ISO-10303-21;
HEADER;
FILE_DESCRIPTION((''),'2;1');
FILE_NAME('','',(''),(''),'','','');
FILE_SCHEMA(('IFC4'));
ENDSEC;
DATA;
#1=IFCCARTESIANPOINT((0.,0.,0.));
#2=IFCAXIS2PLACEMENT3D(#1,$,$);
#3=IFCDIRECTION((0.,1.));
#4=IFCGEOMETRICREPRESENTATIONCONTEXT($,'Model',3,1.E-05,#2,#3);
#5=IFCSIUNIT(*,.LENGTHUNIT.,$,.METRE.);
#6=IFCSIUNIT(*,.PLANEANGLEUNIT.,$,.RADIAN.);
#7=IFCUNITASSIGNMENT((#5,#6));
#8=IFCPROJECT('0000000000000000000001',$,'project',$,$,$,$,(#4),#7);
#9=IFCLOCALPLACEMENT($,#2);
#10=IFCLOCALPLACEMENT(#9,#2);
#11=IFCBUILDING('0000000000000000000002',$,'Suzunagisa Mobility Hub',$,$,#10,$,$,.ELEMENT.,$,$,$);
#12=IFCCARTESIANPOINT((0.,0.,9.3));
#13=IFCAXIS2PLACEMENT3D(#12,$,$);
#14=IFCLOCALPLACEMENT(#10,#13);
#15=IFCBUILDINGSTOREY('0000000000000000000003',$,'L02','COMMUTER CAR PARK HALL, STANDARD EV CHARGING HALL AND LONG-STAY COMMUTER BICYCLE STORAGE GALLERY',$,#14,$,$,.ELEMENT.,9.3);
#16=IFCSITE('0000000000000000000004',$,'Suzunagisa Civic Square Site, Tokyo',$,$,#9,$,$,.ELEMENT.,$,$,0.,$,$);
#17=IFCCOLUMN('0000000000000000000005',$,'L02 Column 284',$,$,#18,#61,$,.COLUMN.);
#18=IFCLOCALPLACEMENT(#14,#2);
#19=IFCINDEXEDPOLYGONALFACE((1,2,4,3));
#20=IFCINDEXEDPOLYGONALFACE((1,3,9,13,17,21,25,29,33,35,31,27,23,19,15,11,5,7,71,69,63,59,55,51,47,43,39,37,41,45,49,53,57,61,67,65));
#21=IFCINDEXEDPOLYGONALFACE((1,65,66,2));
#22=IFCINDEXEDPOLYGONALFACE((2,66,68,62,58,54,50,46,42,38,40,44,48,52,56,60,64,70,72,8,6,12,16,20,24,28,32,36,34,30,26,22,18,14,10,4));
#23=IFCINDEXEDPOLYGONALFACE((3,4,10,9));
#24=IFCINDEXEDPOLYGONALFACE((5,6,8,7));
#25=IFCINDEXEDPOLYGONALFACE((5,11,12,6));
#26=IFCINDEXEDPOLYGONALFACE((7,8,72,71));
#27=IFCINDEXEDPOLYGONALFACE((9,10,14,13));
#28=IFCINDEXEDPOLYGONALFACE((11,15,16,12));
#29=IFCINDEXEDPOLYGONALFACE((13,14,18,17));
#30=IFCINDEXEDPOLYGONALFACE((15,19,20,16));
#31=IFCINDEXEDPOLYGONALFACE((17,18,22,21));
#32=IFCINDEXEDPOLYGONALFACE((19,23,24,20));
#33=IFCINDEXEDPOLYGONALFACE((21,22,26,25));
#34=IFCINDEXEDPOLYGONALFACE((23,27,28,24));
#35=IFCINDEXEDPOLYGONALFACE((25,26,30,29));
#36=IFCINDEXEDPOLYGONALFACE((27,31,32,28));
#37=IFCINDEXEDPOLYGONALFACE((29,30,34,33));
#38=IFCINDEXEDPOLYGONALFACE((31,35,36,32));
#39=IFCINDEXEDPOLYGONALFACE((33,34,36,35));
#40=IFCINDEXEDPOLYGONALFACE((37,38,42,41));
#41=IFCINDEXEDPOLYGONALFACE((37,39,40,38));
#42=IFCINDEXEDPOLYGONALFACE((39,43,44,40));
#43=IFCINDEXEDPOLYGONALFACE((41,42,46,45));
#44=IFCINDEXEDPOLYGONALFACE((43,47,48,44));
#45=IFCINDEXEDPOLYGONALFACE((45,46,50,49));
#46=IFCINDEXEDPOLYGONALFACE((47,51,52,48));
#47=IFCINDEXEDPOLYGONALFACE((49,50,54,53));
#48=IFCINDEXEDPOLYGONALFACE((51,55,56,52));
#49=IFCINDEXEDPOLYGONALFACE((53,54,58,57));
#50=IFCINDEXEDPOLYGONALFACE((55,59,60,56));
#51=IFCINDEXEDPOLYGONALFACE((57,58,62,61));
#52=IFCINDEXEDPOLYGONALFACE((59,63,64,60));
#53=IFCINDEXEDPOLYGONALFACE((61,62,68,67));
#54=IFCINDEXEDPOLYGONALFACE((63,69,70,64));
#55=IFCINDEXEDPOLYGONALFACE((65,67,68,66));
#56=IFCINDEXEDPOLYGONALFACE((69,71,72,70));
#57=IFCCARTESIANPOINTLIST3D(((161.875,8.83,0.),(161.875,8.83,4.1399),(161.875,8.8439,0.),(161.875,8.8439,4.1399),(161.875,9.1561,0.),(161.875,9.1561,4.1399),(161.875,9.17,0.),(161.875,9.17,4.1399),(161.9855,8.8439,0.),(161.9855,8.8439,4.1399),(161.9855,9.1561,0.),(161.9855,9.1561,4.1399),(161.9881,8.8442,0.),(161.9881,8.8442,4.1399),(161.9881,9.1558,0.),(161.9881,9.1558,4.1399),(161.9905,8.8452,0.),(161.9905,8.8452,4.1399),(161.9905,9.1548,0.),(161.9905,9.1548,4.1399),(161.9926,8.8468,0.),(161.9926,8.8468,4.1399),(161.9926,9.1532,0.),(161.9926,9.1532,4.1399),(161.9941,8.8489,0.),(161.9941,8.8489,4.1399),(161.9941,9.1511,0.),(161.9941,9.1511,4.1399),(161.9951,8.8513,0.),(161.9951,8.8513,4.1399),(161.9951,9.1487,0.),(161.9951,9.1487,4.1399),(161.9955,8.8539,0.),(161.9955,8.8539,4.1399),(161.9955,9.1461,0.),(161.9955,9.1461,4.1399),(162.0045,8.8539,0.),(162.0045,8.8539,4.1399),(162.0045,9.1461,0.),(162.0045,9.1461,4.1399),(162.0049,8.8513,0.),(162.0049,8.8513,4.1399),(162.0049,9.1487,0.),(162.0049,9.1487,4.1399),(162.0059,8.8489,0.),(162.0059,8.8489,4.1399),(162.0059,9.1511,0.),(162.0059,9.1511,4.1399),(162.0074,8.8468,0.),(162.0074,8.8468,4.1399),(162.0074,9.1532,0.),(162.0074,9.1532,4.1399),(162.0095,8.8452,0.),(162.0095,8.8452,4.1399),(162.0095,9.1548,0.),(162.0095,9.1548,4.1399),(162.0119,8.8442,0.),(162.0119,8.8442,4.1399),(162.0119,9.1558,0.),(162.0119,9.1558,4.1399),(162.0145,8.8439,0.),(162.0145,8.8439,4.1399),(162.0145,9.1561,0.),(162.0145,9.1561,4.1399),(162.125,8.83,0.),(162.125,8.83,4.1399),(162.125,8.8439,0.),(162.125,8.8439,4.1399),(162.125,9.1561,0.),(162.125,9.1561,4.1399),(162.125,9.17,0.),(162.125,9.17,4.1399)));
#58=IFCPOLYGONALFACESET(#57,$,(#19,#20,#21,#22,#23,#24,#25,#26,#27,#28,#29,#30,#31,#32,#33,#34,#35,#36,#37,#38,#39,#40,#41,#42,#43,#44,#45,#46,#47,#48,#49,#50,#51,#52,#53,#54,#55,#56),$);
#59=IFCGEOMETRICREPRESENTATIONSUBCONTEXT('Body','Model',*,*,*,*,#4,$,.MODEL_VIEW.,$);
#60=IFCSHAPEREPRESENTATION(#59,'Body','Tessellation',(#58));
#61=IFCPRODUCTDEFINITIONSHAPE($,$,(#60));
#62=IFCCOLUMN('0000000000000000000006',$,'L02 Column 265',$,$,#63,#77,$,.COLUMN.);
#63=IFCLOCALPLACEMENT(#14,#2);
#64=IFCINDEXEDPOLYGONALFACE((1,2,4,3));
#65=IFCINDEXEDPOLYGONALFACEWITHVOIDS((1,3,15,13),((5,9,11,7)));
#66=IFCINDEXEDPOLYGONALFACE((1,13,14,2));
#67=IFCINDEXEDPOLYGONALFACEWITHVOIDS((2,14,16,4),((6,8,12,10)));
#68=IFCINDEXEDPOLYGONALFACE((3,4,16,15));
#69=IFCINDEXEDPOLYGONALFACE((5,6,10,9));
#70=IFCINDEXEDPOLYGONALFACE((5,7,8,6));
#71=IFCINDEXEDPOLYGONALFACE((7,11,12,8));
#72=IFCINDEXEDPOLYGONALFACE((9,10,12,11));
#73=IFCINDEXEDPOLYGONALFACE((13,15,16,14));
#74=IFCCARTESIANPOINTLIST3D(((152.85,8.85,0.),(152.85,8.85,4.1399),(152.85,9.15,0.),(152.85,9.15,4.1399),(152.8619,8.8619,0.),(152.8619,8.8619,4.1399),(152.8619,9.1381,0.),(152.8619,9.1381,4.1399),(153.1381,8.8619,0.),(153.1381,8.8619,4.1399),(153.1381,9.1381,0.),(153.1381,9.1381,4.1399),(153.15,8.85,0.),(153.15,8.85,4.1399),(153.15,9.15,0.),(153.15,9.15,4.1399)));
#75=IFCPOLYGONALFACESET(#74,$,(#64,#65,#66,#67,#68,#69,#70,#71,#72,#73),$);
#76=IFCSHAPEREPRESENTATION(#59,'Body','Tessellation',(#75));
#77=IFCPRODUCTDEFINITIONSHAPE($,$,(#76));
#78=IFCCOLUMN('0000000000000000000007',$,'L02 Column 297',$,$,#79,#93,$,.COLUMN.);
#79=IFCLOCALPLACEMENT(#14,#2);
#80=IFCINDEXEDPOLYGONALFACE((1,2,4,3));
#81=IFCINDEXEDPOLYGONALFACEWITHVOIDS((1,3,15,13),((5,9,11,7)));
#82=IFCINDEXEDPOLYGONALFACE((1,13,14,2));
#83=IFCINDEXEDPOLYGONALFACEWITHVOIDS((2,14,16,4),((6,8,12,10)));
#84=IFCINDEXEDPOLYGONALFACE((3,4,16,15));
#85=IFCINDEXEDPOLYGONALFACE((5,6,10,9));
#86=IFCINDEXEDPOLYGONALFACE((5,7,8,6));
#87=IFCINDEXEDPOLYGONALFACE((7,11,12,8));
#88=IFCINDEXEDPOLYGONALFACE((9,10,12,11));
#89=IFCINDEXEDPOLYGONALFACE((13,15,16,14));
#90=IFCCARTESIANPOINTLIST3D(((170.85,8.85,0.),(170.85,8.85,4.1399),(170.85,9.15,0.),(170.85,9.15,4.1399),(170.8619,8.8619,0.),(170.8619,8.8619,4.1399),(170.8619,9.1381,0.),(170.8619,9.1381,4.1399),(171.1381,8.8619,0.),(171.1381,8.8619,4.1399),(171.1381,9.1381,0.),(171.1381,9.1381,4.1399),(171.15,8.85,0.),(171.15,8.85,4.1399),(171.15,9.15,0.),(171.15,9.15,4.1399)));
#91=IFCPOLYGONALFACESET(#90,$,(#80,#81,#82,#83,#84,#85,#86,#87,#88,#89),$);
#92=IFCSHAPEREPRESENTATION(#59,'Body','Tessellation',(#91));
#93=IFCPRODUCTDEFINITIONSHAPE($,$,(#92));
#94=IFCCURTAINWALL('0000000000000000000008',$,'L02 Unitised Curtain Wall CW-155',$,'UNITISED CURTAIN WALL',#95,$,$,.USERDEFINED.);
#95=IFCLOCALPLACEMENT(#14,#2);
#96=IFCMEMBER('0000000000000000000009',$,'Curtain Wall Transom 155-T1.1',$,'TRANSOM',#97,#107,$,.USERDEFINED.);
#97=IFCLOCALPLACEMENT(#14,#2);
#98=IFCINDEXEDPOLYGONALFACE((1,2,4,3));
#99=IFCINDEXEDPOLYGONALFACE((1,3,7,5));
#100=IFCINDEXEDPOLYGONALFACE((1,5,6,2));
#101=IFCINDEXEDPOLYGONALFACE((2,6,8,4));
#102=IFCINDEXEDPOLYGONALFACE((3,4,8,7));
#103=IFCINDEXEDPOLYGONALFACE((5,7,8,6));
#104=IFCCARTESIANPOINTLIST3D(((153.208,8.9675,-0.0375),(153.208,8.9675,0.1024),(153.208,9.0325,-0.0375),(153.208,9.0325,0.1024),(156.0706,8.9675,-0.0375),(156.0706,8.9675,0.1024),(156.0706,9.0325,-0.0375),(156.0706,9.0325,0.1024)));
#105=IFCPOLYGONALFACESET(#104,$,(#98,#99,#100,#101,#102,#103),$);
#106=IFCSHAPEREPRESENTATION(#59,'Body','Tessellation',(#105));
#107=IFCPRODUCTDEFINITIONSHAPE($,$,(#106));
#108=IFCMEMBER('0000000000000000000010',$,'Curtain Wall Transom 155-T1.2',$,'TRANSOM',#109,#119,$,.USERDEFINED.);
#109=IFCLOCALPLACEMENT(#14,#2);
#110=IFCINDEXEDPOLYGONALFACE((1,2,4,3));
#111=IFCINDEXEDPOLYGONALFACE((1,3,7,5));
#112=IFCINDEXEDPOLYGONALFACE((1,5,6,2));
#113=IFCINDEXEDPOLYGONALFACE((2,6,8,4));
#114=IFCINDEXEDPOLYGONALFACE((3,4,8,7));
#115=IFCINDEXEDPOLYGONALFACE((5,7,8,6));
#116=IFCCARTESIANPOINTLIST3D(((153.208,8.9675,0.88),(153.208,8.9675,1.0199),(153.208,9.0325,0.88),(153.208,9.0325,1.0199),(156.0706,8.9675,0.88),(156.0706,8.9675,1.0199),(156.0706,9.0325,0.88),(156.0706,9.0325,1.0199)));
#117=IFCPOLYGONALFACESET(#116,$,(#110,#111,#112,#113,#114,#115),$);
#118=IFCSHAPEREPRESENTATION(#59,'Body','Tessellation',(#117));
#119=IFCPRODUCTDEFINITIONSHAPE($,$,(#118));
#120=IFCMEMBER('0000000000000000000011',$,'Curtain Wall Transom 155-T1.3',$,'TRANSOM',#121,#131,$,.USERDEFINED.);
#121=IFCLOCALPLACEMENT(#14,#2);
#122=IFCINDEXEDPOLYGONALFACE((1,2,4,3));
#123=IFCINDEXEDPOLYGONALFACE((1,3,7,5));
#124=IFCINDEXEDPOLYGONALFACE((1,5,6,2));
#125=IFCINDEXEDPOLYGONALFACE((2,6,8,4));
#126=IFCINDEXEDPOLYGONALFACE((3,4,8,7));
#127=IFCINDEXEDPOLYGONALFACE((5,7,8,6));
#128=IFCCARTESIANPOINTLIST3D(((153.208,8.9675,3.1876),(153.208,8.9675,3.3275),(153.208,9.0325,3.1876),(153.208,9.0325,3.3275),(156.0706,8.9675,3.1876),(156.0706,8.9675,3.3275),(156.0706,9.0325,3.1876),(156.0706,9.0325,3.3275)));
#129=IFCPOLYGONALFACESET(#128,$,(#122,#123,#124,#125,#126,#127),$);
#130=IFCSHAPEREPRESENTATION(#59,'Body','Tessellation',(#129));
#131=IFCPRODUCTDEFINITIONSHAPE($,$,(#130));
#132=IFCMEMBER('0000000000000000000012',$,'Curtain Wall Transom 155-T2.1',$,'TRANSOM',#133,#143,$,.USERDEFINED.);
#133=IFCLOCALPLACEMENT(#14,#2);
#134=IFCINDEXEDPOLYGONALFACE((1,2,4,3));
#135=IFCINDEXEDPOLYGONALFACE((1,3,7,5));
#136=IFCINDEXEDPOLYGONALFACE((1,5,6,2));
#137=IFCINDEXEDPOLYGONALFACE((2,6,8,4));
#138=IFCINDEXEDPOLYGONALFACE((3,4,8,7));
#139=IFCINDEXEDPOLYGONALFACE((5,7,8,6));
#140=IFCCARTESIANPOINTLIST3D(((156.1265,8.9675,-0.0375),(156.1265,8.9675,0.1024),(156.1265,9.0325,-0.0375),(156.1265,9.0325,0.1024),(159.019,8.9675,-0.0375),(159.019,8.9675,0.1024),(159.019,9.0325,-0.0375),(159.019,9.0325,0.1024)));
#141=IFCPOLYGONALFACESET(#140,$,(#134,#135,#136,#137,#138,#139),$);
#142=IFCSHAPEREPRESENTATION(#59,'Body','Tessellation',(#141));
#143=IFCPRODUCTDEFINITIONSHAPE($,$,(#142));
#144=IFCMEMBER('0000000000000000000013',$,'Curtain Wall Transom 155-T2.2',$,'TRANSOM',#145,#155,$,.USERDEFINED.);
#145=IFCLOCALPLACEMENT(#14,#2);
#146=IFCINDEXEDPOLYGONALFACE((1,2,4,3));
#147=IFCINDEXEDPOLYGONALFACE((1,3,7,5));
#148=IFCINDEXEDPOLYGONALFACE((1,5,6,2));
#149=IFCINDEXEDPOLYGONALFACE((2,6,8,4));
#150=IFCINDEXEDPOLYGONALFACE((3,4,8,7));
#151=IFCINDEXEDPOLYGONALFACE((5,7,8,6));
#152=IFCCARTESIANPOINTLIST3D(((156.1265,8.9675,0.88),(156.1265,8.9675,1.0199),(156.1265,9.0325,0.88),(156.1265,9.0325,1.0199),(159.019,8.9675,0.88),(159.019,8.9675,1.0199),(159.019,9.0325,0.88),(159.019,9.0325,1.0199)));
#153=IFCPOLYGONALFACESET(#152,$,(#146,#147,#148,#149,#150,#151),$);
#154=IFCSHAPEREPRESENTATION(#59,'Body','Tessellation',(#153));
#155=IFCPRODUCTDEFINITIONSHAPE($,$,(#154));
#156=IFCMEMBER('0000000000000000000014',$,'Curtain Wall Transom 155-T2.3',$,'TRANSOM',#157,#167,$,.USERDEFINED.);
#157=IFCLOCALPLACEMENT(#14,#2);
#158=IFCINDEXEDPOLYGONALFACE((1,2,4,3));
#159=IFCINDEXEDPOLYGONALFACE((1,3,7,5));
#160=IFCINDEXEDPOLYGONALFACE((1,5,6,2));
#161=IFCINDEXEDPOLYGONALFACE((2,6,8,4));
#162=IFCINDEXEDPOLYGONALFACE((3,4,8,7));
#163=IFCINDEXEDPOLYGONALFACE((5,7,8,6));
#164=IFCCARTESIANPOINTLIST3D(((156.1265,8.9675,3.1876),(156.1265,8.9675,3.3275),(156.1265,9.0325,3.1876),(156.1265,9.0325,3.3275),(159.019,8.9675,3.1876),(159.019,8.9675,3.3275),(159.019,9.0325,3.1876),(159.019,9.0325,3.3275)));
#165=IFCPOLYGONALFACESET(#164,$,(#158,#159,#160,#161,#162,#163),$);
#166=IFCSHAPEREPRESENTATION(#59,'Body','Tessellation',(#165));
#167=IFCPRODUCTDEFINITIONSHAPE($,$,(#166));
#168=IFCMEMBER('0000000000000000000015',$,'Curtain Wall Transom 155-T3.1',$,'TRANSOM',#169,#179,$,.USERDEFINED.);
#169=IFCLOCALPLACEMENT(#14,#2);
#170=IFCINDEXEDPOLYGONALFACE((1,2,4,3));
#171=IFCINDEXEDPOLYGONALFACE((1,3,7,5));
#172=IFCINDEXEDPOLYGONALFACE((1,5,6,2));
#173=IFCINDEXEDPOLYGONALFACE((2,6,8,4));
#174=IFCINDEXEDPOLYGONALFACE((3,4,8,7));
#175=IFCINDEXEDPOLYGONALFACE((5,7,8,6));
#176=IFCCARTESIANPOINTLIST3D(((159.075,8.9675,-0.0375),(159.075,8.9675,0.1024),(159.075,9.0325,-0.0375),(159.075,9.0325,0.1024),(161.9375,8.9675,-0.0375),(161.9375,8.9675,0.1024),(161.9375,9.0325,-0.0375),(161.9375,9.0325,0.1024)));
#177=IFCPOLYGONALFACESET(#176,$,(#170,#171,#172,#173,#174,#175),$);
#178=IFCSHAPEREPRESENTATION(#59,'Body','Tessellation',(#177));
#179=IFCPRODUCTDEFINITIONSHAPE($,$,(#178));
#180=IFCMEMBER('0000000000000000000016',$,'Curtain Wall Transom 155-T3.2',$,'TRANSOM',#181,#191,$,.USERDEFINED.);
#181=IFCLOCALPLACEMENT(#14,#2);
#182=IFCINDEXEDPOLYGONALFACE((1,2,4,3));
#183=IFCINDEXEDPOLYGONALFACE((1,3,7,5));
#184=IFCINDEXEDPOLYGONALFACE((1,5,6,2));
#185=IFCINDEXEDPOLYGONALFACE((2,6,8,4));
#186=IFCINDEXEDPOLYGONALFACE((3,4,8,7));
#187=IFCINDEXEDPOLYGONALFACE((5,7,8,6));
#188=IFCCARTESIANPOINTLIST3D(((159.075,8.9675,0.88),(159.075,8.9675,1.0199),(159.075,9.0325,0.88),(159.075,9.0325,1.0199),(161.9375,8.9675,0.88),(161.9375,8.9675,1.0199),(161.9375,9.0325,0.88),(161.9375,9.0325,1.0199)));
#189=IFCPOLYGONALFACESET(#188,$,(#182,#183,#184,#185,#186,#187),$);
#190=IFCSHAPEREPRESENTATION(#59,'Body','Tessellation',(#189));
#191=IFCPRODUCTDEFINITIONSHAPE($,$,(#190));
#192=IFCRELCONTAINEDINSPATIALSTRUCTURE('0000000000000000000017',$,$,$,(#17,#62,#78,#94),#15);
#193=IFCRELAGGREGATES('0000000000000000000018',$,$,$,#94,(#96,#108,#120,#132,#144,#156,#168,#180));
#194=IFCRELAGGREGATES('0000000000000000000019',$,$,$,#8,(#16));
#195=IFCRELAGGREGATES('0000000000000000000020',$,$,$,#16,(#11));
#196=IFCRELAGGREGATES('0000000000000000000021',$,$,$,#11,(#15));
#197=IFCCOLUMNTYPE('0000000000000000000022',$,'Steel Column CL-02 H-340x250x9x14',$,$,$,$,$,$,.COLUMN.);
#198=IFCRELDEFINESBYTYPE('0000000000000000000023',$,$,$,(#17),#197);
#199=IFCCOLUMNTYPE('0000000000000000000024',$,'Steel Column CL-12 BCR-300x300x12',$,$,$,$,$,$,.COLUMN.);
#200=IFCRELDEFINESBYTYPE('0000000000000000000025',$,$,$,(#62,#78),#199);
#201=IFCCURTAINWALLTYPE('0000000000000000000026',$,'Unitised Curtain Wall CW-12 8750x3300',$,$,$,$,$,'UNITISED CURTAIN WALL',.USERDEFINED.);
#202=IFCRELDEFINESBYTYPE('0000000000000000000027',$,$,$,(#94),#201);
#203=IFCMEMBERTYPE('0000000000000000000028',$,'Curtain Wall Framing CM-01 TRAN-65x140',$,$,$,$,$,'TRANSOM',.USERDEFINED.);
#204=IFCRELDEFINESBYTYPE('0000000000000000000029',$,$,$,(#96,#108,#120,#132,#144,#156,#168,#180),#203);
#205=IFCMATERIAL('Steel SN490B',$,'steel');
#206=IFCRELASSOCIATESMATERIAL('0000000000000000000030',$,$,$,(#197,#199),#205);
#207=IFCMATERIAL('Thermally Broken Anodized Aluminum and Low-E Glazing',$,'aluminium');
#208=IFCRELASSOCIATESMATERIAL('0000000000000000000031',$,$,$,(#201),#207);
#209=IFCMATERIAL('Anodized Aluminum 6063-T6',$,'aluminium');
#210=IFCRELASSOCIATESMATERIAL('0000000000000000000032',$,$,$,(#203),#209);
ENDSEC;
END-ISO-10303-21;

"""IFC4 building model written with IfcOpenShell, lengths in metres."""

from ifc_helpers import new_model, si_unit, direction, frame, origin, origin_2d, place, context, subcontext, project, spatial, rectangle, hollow_rectangle, i_section, extrude, material, material_profile, profile_set, type_object, element, aggregate, save


model = new_model("IFC4")

# Units and contexts
model_context = context("Model", 3, precision=1e-05, world=origin(), true_north=direction((0.0, 1.0)))
body_context = subcontext(model_context, "Body", "Model", "MODEL_VIEW")
ifc_project = project(units=[si_unit("LENGTHUNIT", "METRE"), si_unit("PLANEANGLEUNIT", "RADIAN")], contexts=[model_context])

# Site, building, storey
site_placement = place(None, origin())
site = spatial("IfcSite", under=ifc_project, at=site_placement, Name="Suzunagisa Civic Square Site, Tokyo", CompositionType="ELEMENT", RefElevation=0.0)
building_placement = place(site_placement, origin())
building = spatial("IfcBuilding", under=site, at=building_placement, Name="Suzunagisa Mobility Hub", CompositionType="ELEMENT")
storey_placement = place(building_placement, frame((0.0, 0.0, 9.3)))
storey = spatial("IfcBuildingStorey", under=building, at=storey_placement, Name="L02", Description="COMMUTER CAR PARK HALL, STANDARD EV CHARGING HALL AND LONG-STAY COMMUTER BICYCLE STORAGE GALLERY", CompositionType="ELEMENT", Elevation=9.3)

# Columns
ifc_material_1 = material(Name="Steel SN490B", Category="steel")
ifc_material_profile_1 = material_profile(ifc_material_1, i_section(OverallWidth=0.25, OverallDepth=0.3401, WebThickness=0.009, FlangeThickness=0.0139, FilletRadius=0.01, at=origin_2d()), Name="H-340x250x9x14")
ifc_profile_set_1 = profile_set([ifc_material_profile_1], Name="Steel SN490B")
column_type_1 = type_object("IfcColumnType", Name="Steel Column CL-02 H-340x250x9x14", PredefinedType="COLUMN", material=ifc_profile_set_1)
column_placement = place(storey_placement, frame((162.0, 9.0, 0.0), z_axis=(0.0, 0.0, 1.0), x_axis=(1.0, 0.0, 0.0)))
element("IfcColumn", 1, at=column_placement, inside=storey, type_object=column_type_1, Name="L02 Column 284", PredefinedType="COLUMN", context=body_context, shape_type="SweptSolid", body=[
    extrude(i_section(OverallWidth=0.25, OverallDepth=0.3401, WebThickness=0.009, FlangeThickness=0.0139, FilletRadius=0.01, at=origin_2d()), origin(), (0.0, 0.0, 1.0), 4.1399),
])
ifc_material_profile_2 = material_profile(ifc_material_1, hollow_rectangle(XDim=0.3, YDim=0.3, WallThickness=0.012, at=origin_2d()), Name="BCR-300x300x12")
ifc_profile_set_2 = profile_set([ifc_material_profile_2], Name="Steel SN490B")
column_type_2 = type_object("IfcColumnType", Name="Steel Column CL-12 BCR-300x300x12", PredefinedType="COLUMN", material=ifc_profile_set_2)
for number, where, z_axis, x_axis, name in (
    (2, (153.0, 9.0, 0.0), (0.0, 0.0, 1.0), (1.0, 0.0, 0.0), "L02 Column 265"),
    (3, (171.0, 9.0, 0.0), (0.0, 0.0, 1.0), (1.0, 0.0, 0.0), "L02 Column 297"),
):
    element("IfcColumn", number, at=place(storey_placement, frame(where, z_axis=z_axis, x_axis=x_axis)), inside=storey, type_object=column_type_2, Name=name, PredefinedType="COLUMN", context=body_context, shape_type="SweptSolid", body=[
        extrude(hollow_rectangle(XDim=0.3, YDim=0.3, WallThickness=0.012, at=origin_2d()), origin(), (0.0, 0.0, 1.0), 4.1399),
    ])

# Curtain wall, members
ifc_material_2 = material(Name="Thermally Broken Anodized Aluminum and Low-E Glazing", Category="aluminium")
curtain_wall_type_1 = type_object("IfcCurtainWallType", Name="Unitised Curtain Wall CW-12 8750x3300", ElementType="UNITISED CURTAIN WALL", PredefinedType="USERDEFINED", material=ifc_material_2)
curtain_wall_1_placement = place(storey_placement, origin())
curtain_wall_1 = element("IfcCurtainWall", 4, at=curtain_wall_1_placement, inside=storey, type_object=curtain_wall_type_1, Name="L02 Unitised Curtain Wall CW-155", ObjectType="UNITISED CURTAIN WALL", PredefinedType="USERDEFINED")
ifc_material_3 = material(Name="Anodized Aluminum 6063-T6", Category="aluminium")
ifc_material_profile_3 = material_profile(ifc_material_3, rectangle(XDim=0.0649, YDim=0.1399, at=origin_2d()), Name="TRAN-65x140")
ifc_profile_set_3 = profile_set([ifc_material_profile_3], Name="Anodized Aluminum 6063-T6")
member_type_1 = type_object("IfcMemberType", Name="Curtain Wall Framing CM-01 TRAN-65x140", ElementType="TRANSOM", PredefinedType="USERDEFINED", material=ifc_profile_set_3)
member_1_placement = place(storey_placement, frame((153.208, 9.0, 0.0325), z_axis=(1.0, 0.0, 0.0), x_axis=(0.0, 1.0, 0.0)))
member_1 = element("IfcMember", 5, at=member_1_placement, type_object=member_type_1, Name="Curtain Wall Transom 155-T1.1", ObjectType="TRANSOM", PredefinedType="USERDEFINED", context=body_context, shape_type="SweptSolid", body=[
    extrude(rectangle(XDim=0.0649, YDim=0.1399, at=origin_2d()), origin(), (0.0, 0.0, 1.0), 2.8625),
])
member_2_placement = place(storey_placement, frame((153.208, 9.0, 0.95), z_axis=(1.0, 0.0, 0.0), x_axis=(0.0, 1.0, 0.0)))
member_2 = element("IfcMember", 6, at=member_2_placement, type_object=member_type_1, Name="Curtain Wall Transom 155-T1.2", ObjectType="TRANSOM", PredefinedType="USERDEFINED", context=body_context, shape_type="SweptSolid", body=[
    extrude(rectangle(XDim=0.0649, YDim=0.1399, at=origin_2d()), origin(), (0.0, 0.0, 1.0), 2.8625),
])
member_3_placement = place(storey_placement, frame((153.208, 9.0, 3.2576), z_axis=(1.0, 0.0, 0.0), x_axis=(0.0, 1.0, 0.0)))
member_3 = element("IfcMember", 7, at=member_3_placement, type_object=member_type_1, Name="Curtain Wall Transom 155-T1.3", ObjectType="TRANSOM", PredefinedType="USERDEFINED", context=body_context, shape_type="SweptSolid", body=[
    extrude(rectangle(XDim=0.0649, YDim=0.1399, at=origin_2d()), origin(), (0.0, 0.0, 1.0), 2.8625),
])
member_4_placement = place(storey_placement, frame((156.1265, 9.0, 0.0325), z_axis=(1.0, 0.0, 0.0), x_axis=(0.0, 1.0, 0.0)))
member_4 = element("IfcMember", 8, at=member_4_placement, type_object=member_type_1, Name="Curtain Wall Transom 155-T2.1", ObjectType="TRANSOM", PredefinedType="USERDEFINED", context=body_context, shape_type="SweptSolid", body=[
    extrude(rectangle(XDim=0.0649, YDim=0.1399, at=origin_2d()), origin(), (0.0, 0.0, 1.0), 2.8926),
])
member_5_placement = place(storey_placement, frame((156.1265, 9.0, 0.95), z_axis=(1.0, 0.0, 0.0), x_axis=(0.0, 1.0, 0.0)))
member_5 = element("IfcMember", 9, at=member_5_placement, type_object=member_type_1, Name="Curtain Wall Transom 155-T2.2", ObjectType="TRANSOM", PredefinedType="USERDEFINED", context=body_context, shape_type="SweptSolid", body=[
    extrude(rectangle(XDim=0.0649, YDim=0.1399, at=origin_2d()), origin(), (0.0, 0.0, 1.0), 2.8926),
])
member_6_placement = place(storey_placement, frame((156.1265, 9.0, 3.2576), z_axis=(1.0, 0.0, 0.0), x_axis=(0.0, 1.0, 0.0)))
member_6 = element("IfcMember", 10, at=member_6_placement, type_object=member_type_1, Name="Curtain Wall Transom 155-T2.3", ObjectType="TRANSOM", PredefinedType="USERDEFINED", context=body_context, shape_type="SweptSolid", body=[
    extrude(rectangle(XDim=0.0649, YDim=0.1399, at=origin_2d()), origin(), (0.0, 0.0, 1.0), 2.8926),
])
member_7_placement = place(storey_placement, frame((159.075, 9.0, 0.0325), z_axis=(1.0, 0.0, 0.0), x_axis=(0.0, 1.0, 0.0)))
member_7 = element("IfcMember", 11, at=member_7_placement, type_object=member_type_1, Name="Curtain Wall Transom 155-T3.1", ObjectType="TRANSOM", PredefinedType="USERDEFINED", context=body_context, shape_type="SweptSolid", body=[
    extrude(rectangle(XDim=0.0649, YDim=0.1399, at=origin_2d()), origin(), (0.0, 0.0, 1.0), 2.8625),
])
member_8_placement = place(storey_placement, frame((159.075, 9.0, 0.95), z_axis=(1.0, 0.0, 0.0), x_axis=(0.0, 1.0, 0.0)))
member_8 = element("IfcMember", 12, at=member_8_placement, type_object=member_type_1, Name="Curtain Wall Transom 155-T3.2", ObjectType="TRANSOM", PredefinedType="USERDEFINED", context=body_context, shape_type="SweptSolid", body=[
    extrude(rectangle(XDim=0.0649, YDim=0.1399, at=origin_2d()), origin(), (0.0, 0.0, 1.0), 2.8625),
])

aggregate(curtain_wall_1, [member_1, member_2, member_3, member_4, member_5, member_6, member_7, member_8])

save(model, "model.ifc")
